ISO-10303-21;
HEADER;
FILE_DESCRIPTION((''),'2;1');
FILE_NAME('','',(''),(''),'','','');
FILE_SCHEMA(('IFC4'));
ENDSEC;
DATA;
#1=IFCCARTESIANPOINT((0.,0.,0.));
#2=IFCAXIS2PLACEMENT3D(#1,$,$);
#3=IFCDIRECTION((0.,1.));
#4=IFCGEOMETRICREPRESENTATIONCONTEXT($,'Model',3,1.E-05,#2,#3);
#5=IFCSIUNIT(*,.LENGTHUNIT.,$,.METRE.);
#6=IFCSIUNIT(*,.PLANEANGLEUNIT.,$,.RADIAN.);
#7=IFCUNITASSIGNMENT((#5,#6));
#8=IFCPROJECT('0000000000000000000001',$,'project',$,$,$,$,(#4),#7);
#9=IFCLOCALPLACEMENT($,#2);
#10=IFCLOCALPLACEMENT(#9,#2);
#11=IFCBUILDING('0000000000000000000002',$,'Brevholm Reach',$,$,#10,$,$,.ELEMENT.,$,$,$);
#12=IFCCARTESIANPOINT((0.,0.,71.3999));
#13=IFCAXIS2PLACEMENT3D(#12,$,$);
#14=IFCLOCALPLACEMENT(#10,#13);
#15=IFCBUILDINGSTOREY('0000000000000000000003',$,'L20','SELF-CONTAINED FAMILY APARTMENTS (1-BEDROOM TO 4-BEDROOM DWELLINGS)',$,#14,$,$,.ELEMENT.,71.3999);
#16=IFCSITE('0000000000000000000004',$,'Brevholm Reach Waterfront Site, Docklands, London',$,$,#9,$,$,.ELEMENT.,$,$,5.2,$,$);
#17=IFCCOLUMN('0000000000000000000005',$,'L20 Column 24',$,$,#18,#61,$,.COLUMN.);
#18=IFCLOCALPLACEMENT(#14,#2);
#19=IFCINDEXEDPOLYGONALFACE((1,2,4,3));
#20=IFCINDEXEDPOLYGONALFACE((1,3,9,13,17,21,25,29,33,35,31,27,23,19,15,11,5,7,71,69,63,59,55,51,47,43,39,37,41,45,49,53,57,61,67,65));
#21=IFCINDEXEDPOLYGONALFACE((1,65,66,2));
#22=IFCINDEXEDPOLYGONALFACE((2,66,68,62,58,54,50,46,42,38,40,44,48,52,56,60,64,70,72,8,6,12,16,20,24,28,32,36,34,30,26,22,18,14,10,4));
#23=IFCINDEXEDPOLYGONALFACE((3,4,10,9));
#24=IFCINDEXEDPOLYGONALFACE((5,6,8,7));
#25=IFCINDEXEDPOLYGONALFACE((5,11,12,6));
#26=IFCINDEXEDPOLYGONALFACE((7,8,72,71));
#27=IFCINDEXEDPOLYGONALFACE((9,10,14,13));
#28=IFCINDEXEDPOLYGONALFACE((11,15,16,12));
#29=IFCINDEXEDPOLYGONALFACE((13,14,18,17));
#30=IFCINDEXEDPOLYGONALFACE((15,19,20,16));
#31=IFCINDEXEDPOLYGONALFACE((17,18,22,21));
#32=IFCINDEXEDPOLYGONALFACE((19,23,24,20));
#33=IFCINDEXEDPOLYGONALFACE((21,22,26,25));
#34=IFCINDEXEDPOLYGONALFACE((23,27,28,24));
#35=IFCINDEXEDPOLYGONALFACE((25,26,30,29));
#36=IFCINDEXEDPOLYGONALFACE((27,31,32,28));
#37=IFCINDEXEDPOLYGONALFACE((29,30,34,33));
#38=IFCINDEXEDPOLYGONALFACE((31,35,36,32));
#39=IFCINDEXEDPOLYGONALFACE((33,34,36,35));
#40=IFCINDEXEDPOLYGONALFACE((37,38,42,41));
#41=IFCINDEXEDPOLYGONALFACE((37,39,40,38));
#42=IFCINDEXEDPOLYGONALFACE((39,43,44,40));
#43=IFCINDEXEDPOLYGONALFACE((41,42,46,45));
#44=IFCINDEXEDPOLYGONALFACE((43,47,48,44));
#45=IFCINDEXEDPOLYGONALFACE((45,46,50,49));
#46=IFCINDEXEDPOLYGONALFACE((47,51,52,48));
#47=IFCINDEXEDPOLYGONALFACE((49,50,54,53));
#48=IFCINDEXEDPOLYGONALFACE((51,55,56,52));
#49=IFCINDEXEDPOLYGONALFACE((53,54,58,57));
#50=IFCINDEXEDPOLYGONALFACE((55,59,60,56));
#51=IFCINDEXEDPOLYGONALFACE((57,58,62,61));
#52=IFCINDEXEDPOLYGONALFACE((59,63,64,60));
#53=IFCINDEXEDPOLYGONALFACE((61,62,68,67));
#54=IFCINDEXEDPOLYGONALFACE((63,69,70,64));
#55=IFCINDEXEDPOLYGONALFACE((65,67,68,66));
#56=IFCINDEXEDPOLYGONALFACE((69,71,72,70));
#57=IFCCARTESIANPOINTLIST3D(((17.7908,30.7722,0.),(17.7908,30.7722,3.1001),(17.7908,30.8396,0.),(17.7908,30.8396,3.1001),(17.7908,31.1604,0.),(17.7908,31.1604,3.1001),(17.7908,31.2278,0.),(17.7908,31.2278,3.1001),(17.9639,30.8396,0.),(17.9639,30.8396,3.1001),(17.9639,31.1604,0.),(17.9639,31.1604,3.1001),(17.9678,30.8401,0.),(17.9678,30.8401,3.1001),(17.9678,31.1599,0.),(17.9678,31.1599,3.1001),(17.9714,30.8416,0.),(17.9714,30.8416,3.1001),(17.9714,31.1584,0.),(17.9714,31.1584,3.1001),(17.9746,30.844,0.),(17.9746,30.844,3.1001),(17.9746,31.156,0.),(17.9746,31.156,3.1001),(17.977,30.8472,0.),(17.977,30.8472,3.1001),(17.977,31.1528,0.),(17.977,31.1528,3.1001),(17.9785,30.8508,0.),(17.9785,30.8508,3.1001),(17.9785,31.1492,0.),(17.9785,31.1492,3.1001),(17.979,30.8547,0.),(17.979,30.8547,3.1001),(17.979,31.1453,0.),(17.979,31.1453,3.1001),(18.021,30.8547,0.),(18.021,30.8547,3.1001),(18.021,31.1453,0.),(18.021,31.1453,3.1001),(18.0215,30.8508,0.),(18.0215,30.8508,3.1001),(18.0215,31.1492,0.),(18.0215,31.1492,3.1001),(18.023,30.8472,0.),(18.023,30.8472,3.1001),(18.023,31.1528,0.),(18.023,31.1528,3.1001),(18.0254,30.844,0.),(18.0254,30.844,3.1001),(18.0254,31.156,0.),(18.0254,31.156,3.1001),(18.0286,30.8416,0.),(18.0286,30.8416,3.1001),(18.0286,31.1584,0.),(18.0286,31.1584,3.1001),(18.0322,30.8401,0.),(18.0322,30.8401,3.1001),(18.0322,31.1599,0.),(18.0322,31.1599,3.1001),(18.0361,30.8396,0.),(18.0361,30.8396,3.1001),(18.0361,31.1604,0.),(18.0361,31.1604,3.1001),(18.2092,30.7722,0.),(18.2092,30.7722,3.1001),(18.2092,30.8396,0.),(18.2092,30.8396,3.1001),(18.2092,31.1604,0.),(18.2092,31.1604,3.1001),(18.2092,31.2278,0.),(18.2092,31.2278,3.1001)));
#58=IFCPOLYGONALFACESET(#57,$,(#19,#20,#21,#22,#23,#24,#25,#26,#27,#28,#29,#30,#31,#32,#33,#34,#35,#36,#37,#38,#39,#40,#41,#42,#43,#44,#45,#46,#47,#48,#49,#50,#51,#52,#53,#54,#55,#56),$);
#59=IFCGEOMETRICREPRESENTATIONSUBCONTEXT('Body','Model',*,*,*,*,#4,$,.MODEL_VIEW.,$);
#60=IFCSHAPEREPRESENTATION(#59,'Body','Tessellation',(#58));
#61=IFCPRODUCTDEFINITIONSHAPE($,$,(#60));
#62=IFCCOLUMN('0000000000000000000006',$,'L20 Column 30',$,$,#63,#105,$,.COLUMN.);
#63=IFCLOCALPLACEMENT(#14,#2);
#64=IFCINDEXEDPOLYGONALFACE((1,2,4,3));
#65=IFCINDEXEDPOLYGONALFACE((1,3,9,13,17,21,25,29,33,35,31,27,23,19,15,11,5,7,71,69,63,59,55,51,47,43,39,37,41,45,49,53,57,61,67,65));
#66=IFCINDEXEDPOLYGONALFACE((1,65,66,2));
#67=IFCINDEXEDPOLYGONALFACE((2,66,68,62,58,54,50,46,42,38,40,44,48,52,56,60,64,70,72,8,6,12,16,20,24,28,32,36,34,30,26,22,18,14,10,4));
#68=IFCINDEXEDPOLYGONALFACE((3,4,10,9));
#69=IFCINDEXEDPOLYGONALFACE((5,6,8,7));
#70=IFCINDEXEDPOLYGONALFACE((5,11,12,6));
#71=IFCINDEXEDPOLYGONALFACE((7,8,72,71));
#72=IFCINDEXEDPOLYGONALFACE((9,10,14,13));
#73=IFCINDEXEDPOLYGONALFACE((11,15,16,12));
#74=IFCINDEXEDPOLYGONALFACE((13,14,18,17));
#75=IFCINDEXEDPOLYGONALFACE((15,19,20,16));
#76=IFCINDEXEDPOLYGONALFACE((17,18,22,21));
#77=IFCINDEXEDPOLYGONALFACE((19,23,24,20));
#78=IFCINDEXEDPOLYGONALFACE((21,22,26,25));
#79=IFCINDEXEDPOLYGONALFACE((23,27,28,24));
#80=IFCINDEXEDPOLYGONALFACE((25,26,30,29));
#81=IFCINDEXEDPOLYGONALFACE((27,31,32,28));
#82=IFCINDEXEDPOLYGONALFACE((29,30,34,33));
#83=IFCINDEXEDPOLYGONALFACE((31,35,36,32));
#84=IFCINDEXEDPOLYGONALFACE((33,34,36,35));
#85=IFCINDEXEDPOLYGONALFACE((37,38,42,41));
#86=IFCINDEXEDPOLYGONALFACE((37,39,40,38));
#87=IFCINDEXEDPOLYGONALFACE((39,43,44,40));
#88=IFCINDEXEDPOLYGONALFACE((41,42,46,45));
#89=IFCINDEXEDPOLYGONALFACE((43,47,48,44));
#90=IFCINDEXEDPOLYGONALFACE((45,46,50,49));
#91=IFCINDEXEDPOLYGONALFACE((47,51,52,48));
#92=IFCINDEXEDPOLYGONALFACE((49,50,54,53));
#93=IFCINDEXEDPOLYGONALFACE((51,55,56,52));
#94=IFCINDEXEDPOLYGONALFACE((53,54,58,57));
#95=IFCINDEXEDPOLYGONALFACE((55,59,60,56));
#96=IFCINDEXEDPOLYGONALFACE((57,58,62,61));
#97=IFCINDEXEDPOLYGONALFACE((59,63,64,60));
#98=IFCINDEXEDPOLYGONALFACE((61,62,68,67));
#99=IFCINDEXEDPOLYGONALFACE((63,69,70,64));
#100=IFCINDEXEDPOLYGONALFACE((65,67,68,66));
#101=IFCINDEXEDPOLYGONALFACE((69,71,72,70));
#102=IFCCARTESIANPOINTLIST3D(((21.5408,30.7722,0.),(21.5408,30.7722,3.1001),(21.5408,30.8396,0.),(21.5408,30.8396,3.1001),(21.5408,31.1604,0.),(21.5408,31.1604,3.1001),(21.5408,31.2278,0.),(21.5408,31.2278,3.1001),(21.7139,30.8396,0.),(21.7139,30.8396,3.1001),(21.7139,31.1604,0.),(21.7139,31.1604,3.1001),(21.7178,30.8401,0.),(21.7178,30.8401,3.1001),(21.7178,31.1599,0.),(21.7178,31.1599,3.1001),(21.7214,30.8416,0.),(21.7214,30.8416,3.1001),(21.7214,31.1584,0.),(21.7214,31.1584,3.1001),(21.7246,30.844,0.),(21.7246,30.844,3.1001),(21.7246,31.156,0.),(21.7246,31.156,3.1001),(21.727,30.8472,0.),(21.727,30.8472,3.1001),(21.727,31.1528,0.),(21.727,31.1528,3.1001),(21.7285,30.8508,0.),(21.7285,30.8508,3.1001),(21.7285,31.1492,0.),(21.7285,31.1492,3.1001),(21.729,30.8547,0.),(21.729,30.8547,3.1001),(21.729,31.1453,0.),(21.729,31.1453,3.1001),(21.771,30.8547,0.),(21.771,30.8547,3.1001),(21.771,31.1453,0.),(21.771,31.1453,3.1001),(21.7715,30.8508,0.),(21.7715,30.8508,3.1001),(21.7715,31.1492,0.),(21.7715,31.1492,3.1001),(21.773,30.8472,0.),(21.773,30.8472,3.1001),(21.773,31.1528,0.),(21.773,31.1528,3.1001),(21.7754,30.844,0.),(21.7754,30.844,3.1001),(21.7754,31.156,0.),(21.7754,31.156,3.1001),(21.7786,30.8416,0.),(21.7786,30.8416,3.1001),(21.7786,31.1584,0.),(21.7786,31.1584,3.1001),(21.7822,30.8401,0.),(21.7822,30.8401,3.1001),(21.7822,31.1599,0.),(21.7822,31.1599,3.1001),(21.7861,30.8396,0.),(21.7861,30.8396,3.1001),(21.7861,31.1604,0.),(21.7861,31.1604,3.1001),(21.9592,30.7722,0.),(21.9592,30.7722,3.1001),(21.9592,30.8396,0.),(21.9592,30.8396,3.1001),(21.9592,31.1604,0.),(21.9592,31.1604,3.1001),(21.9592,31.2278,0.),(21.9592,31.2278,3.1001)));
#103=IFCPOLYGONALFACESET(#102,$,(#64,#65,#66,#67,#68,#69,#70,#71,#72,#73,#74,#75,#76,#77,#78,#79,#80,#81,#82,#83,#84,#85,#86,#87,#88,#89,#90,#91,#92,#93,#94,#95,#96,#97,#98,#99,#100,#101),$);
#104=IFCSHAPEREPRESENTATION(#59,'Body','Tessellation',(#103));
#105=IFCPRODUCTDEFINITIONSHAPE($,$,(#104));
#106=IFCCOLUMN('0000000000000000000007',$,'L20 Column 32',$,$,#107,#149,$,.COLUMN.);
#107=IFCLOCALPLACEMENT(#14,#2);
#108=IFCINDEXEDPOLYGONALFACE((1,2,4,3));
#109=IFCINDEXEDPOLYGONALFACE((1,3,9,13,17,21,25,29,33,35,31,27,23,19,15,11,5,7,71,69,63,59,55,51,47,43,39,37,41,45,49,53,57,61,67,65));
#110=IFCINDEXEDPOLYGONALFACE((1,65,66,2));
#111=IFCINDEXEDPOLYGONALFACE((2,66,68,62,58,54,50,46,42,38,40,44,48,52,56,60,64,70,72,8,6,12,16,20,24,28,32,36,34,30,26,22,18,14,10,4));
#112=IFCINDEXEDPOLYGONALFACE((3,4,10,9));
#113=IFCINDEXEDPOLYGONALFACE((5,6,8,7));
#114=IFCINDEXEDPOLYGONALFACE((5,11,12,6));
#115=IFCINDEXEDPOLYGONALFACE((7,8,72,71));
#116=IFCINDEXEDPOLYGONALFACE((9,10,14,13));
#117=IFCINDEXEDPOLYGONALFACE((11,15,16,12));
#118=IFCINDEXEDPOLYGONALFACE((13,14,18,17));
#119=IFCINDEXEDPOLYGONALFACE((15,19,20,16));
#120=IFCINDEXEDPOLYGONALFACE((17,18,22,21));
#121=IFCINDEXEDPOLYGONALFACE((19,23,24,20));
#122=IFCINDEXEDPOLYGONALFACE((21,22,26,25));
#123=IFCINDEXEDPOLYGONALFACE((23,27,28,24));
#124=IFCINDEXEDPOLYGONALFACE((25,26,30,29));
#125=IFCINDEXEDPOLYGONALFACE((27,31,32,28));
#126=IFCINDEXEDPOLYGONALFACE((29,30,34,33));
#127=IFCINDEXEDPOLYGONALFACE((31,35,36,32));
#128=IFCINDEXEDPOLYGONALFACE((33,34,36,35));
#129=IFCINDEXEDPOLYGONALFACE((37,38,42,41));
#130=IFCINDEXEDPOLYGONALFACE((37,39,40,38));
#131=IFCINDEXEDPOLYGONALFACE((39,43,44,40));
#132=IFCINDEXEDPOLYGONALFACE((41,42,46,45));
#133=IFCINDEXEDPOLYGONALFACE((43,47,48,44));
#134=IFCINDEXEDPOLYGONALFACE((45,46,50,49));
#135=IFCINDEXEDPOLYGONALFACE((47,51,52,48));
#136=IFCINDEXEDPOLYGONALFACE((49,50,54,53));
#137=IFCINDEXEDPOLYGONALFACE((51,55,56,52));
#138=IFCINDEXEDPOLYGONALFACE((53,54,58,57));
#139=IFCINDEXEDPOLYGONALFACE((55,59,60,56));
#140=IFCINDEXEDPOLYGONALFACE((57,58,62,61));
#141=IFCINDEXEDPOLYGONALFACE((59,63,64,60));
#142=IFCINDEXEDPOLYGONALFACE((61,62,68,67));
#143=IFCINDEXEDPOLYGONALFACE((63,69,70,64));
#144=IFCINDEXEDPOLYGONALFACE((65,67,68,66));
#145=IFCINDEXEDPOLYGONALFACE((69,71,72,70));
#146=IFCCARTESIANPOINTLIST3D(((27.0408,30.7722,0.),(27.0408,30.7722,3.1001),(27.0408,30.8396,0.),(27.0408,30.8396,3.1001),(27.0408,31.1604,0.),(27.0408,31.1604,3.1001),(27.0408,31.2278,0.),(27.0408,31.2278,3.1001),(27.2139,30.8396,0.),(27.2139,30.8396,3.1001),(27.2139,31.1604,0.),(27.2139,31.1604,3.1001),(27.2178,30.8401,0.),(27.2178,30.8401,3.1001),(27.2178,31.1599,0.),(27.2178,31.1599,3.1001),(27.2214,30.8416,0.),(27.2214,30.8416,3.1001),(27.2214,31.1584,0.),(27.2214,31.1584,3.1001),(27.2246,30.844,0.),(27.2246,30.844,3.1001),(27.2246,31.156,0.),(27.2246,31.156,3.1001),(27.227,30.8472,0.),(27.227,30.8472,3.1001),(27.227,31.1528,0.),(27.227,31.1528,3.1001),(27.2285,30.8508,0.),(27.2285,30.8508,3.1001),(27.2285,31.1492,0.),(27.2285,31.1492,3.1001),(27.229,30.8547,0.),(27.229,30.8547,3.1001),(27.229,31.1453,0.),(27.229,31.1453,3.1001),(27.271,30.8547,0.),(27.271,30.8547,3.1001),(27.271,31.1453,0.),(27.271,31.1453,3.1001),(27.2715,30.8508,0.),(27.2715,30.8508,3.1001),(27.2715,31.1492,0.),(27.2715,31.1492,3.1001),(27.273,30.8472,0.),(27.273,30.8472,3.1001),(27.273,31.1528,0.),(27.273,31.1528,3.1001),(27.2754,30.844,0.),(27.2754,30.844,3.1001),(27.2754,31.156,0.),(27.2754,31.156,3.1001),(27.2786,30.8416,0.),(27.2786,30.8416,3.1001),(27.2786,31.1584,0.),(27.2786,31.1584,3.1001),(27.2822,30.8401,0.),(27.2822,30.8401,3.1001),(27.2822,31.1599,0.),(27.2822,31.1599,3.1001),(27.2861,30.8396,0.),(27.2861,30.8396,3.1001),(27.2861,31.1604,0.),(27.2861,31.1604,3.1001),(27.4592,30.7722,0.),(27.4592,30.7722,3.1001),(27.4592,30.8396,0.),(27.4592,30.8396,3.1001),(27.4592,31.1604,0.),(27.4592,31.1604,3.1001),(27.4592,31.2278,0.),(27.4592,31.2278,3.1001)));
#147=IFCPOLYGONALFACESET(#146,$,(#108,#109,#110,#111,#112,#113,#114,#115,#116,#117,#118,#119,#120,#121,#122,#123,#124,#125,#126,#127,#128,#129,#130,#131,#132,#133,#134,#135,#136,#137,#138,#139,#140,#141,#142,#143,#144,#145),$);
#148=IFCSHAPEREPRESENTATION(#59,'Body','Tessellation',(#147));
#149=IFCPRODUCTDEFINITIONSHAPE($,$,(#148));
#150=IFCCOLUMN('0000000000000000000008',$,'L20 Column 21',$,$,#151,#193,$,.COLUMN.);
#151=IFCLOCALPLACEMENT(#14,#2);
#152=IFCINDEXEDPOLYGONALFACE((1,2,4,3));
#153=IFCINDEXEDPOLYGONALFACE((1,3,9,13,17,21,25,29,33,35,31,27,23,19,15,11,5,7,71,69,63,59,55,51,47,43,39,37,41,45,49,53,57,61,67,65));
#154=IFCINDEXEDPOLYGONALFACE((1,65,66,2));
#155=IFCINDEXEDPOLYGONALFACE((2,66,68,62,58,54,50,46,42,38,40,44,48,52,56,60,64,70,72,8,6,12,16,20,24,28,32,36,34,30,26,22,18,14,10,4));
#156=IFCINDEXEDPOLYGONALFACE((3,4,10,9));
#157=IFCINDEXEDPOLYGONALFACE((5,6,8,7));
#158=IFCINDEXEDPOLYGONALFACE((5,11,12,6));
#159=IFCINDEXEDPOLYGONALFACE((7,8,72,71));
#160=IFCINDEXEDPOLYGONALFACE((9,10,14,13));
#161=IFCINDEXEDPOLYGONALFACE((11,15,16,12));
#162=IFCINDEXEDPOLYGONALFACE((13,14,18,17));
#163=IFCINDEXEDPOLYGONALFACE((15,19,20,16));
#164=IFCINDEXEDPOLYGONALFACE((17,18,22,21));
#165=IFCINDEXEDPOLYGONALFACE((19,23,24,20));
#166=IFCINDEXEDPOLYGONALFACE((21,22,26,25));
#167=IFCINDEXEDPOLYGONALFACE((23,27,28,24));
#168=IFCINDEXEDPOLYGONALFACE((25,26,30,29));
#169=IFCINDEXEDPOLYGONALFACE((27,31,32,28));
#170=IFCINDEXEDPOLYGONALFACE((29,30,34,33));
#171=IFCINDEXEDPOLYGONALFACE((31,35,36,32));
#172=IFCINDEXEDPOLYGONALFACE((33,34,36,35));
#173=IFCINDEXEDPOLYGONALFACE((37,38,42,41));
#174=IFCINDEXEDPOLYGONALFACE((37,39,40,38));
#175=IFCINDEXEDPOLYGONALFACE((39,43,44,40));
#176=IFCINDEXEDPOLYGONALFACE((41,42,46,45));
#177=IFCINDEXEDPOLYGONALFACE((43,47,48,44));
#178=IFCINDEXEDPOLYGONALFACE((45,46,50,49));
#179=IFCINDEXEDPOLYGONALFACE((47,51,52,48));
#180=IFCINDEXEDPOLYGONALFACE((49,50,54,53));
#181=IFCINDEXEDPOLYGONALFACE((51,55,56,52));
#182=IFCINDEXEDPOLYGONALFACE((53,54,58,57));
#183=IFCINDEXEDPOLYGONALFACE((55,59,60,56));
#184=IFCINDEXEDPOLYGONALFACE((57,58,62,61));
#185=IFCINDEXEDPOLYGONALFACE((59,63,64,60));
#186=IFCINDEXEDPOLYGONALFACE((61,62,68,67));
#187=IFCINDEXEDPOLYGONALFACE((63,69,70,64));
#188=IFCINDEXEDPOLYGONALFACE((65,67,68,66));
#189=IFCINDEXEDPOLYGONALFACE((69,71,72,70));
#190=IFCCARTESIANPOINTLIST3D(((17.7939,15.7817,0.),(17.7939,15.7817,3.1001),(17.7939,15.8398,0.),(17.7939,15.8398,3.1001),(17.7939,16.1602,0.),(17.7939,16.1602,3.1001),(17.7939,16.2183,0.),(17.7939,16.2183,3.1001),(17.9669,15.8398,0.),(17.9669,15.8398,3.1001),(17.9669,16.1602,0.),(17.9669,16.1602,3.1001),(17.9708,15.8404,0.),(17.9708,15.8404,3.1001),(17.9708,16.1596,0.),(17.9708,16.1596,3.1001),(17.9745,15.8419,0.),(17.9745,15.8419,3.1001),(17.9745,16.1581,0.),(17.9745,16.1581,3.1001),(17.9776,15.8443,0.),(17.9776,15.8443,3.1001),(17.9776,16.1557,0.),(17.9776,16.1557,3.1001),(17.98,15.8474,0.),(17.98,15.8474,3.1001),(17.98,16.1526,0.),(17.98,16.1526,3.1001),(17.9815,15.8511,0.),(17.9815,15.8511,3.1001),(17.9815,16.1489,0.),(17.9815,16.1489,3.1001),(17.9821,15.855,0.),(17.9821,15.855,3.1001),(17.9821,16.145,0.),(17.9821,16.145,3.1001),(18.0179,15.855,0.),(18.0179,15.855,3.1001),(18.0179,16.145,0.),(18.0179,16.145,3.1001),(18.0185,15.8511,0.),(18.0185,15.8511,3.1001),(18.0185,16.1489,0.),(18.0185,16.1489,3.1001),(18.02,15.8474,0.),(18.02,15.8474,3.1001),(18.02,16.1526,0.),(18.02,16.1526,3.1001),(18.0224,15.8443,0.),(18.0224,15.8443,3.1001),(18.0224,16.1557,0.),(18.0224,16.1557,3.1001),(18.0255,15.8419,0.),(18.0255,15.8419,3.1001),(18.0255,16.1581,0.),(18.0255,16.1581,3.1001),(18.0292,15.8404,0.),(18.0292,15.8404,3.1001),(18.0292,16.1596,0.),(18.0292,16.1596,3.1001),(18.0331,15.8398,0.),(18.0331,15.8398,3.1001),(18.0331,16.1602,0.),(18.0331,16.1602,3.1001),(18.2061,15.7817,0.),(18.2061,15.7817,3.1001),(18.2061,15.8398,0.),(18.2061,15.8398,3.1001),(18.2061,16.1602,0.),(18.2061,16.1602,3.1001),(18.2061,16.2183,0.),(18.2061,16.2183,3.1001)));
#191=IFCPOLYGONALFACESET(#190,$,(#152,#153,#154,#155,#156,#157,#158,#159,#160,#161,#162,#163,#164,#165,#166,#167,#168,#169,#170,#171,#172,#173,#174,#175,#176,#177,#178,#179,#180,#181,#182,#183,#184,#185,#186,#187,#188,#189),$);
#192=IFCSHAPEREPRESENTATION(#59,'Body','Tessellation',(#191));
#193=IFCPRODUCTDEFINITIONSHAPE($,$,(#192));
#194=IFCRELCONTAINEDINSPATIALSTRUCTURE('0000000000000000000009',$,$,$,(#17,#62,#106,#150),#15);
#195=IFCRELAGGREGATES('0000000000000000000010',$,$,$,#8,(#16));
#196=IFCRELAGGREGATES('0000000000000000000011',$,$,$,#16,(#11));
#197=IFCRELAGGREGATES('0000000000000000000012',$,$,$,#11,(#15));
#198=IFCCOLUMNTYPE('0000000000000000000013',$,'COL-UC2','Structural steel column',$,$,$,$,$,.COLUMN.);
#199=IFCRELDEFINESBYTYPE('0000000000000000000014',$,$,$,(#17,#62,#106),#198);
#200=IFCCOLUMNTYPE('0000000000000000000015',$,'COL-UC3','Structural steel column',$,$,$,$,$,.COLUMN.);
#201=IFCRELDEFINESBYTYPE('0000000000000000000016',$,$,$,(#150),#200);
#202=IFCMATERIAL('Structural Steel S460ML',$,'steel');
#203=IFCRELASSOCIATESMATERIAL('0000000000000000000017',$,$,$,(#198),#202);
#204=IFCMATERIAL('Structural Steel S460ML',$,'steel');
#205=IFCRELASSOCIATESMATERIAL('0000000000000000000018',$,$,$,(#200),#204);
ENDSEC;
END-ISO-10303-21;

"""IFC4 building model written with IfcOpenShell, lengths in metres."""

from ifc_helpers import new_model, si_unit, direction, frame, origin, origin_2d, place, context, subcontext, project, spatial, i_section, extrude, material, material_profile, profile_set, type_object, element, save


model = new_model("IFC4")

# Units and contexts
model_context = context("Model", 3, precision=1e-05, world=origin(), true_north=direction((0.0, 1.0)))
body_context = subcontext(model_context, "Body", "Model", "MODEL_VIEW")
ifc_project = project(units=[si_unit("LENGTHUNIT", "METRE"), si_unit("PLANEANGLEUNIT", "RADIAN")], contexts=[model_context])

# Site, building, storey
site_placement = place(None, origin())
site = spatial("IfcSite", under=ifc_project, at=site_placement, Name="Brevholm Reach Waterfront Site, Docklands, London", CompositionType="ELEMENT", RefElevation=5.2)
building_placement = place(site_placement, origin())
building = spatial("IfcBuilding", under=site, at=building_placement, Name="Brevholm Reach", CompositionType="ELEMENT")
storey_placement = place(building_placement, frame((0.0, 0.0, 71.3999)))
storey = spatial("IfcBuildingStorey", under=building, at=storey_placement, Name="L20", Description="SELF-CONTAINED FAMILY APARTMENTS (1-BEDROOM TO 4-BEDROOM DWELLINGS)", CompositionType="ELEMENT", Elevation=71.3999)

# Columns
ifc_material_1 = material(Name="Structural Steel S460ML", Category="steel")
ifc_material_profile_1 = material_profile(ifc_material_1, i_section(OverallWidth=0.4185, OverallDepth=0.4556, WebThickness=0.042, FlangeThickness=0.0674, FilletRadius=0.0151, at=origin_2d()), Name="UKC 356x406x551")
ifc_profile_set_1 = profile_set([ifc_material_profile_1], Name="Structural Steel S460ML")
column_type_1 = type_object("IfcColumnType", Name="COL-UC2", Description="Structural steel column", PredefinedType="COLUMN", material=ifc_profile_set_1)
for number, where, z_axis, x_axis, name in (
    (1, (18.0, 31.0, 0.0), (0.0, 0.0, 1.0), (1.0, 0.0, 0.0), "L20 Column 24"),
    (2, (21.75, 31.0, 0.0), (0.0, 0.0, 1.0), (1.0, 0.0, 0.0), "L20 Column 30"),
    (3, (27.25, 31.0, 0.0), (0.0, 0.0, 1.0), (1.0, 0.0, 0.0), "L20 Column 32"),
):
    element("IfcColumn", number, at=place(storey_placement, frame(where, z_axis=z_axis, x_axis=x_axis)), inside=storey, type_object=column_type_1, Name=name, PredefinedType="COLUMN", context=body_context, shape_type="SweptSolid", body=[
        extrude(i_section(OverallWidth=0.4185, OverallDepth=0.4556, WebThickness=0.042, FlangeThickness=0.0674, FilletRadius=0.0151, at=origin_2d()), origin(), (0.0, 0.0, 1.0), 3.1001),
    ])
ifc_material_2 = material(Name="Structural Steel S460ML", Category="steel")
ifc_material_profile_2 = material_profile(ifc_material_2, i_section(OverallWidth=0.4121, OverallDepth=0.4365, WebThickness=0.0359, FlangeThickness=0.0581, FilletRadius=0.0151, at=origin_2d()), Name="UKC 356x406x467")
ifc_profile_set_2 = profile_set([ifc_material_profile_2], Name="Structural Steel S460ML")
column_type_2 = type_object("IfcColumnType", Name="COL-UC3", Description="Structural steel column", PredefinedType="COLUMN", material=ifc_profile_set_2)
for number, where, z_axis, x_axis, name in (
    (4, (18.0, 16.0, 0.0), (0.0, 0.0, 1.0), (1.0, 0.0, 0.0), "L20 Column 21"),
):
    element("IfcColumn", number, at=place(storey_placement, frame(where, z_axis=z_axis, x_axis=x_axis)), inside=storey, type_object=column_type_2, Name=name, PredefinedType="COLUMN", context=body_context, shape_type="SweptSolid", body=[
        extrude(i_section(OverallWidth=0.4121, OverallDepth=0.4365, WebThickness=0.0359, FlangeThickness=0.0581, FilletRadius=0.0151, at=origin_2d()), origin(), (0.0, 0.0, 1.0), 3.1001),
    ])

save(model, "model.ifc")
